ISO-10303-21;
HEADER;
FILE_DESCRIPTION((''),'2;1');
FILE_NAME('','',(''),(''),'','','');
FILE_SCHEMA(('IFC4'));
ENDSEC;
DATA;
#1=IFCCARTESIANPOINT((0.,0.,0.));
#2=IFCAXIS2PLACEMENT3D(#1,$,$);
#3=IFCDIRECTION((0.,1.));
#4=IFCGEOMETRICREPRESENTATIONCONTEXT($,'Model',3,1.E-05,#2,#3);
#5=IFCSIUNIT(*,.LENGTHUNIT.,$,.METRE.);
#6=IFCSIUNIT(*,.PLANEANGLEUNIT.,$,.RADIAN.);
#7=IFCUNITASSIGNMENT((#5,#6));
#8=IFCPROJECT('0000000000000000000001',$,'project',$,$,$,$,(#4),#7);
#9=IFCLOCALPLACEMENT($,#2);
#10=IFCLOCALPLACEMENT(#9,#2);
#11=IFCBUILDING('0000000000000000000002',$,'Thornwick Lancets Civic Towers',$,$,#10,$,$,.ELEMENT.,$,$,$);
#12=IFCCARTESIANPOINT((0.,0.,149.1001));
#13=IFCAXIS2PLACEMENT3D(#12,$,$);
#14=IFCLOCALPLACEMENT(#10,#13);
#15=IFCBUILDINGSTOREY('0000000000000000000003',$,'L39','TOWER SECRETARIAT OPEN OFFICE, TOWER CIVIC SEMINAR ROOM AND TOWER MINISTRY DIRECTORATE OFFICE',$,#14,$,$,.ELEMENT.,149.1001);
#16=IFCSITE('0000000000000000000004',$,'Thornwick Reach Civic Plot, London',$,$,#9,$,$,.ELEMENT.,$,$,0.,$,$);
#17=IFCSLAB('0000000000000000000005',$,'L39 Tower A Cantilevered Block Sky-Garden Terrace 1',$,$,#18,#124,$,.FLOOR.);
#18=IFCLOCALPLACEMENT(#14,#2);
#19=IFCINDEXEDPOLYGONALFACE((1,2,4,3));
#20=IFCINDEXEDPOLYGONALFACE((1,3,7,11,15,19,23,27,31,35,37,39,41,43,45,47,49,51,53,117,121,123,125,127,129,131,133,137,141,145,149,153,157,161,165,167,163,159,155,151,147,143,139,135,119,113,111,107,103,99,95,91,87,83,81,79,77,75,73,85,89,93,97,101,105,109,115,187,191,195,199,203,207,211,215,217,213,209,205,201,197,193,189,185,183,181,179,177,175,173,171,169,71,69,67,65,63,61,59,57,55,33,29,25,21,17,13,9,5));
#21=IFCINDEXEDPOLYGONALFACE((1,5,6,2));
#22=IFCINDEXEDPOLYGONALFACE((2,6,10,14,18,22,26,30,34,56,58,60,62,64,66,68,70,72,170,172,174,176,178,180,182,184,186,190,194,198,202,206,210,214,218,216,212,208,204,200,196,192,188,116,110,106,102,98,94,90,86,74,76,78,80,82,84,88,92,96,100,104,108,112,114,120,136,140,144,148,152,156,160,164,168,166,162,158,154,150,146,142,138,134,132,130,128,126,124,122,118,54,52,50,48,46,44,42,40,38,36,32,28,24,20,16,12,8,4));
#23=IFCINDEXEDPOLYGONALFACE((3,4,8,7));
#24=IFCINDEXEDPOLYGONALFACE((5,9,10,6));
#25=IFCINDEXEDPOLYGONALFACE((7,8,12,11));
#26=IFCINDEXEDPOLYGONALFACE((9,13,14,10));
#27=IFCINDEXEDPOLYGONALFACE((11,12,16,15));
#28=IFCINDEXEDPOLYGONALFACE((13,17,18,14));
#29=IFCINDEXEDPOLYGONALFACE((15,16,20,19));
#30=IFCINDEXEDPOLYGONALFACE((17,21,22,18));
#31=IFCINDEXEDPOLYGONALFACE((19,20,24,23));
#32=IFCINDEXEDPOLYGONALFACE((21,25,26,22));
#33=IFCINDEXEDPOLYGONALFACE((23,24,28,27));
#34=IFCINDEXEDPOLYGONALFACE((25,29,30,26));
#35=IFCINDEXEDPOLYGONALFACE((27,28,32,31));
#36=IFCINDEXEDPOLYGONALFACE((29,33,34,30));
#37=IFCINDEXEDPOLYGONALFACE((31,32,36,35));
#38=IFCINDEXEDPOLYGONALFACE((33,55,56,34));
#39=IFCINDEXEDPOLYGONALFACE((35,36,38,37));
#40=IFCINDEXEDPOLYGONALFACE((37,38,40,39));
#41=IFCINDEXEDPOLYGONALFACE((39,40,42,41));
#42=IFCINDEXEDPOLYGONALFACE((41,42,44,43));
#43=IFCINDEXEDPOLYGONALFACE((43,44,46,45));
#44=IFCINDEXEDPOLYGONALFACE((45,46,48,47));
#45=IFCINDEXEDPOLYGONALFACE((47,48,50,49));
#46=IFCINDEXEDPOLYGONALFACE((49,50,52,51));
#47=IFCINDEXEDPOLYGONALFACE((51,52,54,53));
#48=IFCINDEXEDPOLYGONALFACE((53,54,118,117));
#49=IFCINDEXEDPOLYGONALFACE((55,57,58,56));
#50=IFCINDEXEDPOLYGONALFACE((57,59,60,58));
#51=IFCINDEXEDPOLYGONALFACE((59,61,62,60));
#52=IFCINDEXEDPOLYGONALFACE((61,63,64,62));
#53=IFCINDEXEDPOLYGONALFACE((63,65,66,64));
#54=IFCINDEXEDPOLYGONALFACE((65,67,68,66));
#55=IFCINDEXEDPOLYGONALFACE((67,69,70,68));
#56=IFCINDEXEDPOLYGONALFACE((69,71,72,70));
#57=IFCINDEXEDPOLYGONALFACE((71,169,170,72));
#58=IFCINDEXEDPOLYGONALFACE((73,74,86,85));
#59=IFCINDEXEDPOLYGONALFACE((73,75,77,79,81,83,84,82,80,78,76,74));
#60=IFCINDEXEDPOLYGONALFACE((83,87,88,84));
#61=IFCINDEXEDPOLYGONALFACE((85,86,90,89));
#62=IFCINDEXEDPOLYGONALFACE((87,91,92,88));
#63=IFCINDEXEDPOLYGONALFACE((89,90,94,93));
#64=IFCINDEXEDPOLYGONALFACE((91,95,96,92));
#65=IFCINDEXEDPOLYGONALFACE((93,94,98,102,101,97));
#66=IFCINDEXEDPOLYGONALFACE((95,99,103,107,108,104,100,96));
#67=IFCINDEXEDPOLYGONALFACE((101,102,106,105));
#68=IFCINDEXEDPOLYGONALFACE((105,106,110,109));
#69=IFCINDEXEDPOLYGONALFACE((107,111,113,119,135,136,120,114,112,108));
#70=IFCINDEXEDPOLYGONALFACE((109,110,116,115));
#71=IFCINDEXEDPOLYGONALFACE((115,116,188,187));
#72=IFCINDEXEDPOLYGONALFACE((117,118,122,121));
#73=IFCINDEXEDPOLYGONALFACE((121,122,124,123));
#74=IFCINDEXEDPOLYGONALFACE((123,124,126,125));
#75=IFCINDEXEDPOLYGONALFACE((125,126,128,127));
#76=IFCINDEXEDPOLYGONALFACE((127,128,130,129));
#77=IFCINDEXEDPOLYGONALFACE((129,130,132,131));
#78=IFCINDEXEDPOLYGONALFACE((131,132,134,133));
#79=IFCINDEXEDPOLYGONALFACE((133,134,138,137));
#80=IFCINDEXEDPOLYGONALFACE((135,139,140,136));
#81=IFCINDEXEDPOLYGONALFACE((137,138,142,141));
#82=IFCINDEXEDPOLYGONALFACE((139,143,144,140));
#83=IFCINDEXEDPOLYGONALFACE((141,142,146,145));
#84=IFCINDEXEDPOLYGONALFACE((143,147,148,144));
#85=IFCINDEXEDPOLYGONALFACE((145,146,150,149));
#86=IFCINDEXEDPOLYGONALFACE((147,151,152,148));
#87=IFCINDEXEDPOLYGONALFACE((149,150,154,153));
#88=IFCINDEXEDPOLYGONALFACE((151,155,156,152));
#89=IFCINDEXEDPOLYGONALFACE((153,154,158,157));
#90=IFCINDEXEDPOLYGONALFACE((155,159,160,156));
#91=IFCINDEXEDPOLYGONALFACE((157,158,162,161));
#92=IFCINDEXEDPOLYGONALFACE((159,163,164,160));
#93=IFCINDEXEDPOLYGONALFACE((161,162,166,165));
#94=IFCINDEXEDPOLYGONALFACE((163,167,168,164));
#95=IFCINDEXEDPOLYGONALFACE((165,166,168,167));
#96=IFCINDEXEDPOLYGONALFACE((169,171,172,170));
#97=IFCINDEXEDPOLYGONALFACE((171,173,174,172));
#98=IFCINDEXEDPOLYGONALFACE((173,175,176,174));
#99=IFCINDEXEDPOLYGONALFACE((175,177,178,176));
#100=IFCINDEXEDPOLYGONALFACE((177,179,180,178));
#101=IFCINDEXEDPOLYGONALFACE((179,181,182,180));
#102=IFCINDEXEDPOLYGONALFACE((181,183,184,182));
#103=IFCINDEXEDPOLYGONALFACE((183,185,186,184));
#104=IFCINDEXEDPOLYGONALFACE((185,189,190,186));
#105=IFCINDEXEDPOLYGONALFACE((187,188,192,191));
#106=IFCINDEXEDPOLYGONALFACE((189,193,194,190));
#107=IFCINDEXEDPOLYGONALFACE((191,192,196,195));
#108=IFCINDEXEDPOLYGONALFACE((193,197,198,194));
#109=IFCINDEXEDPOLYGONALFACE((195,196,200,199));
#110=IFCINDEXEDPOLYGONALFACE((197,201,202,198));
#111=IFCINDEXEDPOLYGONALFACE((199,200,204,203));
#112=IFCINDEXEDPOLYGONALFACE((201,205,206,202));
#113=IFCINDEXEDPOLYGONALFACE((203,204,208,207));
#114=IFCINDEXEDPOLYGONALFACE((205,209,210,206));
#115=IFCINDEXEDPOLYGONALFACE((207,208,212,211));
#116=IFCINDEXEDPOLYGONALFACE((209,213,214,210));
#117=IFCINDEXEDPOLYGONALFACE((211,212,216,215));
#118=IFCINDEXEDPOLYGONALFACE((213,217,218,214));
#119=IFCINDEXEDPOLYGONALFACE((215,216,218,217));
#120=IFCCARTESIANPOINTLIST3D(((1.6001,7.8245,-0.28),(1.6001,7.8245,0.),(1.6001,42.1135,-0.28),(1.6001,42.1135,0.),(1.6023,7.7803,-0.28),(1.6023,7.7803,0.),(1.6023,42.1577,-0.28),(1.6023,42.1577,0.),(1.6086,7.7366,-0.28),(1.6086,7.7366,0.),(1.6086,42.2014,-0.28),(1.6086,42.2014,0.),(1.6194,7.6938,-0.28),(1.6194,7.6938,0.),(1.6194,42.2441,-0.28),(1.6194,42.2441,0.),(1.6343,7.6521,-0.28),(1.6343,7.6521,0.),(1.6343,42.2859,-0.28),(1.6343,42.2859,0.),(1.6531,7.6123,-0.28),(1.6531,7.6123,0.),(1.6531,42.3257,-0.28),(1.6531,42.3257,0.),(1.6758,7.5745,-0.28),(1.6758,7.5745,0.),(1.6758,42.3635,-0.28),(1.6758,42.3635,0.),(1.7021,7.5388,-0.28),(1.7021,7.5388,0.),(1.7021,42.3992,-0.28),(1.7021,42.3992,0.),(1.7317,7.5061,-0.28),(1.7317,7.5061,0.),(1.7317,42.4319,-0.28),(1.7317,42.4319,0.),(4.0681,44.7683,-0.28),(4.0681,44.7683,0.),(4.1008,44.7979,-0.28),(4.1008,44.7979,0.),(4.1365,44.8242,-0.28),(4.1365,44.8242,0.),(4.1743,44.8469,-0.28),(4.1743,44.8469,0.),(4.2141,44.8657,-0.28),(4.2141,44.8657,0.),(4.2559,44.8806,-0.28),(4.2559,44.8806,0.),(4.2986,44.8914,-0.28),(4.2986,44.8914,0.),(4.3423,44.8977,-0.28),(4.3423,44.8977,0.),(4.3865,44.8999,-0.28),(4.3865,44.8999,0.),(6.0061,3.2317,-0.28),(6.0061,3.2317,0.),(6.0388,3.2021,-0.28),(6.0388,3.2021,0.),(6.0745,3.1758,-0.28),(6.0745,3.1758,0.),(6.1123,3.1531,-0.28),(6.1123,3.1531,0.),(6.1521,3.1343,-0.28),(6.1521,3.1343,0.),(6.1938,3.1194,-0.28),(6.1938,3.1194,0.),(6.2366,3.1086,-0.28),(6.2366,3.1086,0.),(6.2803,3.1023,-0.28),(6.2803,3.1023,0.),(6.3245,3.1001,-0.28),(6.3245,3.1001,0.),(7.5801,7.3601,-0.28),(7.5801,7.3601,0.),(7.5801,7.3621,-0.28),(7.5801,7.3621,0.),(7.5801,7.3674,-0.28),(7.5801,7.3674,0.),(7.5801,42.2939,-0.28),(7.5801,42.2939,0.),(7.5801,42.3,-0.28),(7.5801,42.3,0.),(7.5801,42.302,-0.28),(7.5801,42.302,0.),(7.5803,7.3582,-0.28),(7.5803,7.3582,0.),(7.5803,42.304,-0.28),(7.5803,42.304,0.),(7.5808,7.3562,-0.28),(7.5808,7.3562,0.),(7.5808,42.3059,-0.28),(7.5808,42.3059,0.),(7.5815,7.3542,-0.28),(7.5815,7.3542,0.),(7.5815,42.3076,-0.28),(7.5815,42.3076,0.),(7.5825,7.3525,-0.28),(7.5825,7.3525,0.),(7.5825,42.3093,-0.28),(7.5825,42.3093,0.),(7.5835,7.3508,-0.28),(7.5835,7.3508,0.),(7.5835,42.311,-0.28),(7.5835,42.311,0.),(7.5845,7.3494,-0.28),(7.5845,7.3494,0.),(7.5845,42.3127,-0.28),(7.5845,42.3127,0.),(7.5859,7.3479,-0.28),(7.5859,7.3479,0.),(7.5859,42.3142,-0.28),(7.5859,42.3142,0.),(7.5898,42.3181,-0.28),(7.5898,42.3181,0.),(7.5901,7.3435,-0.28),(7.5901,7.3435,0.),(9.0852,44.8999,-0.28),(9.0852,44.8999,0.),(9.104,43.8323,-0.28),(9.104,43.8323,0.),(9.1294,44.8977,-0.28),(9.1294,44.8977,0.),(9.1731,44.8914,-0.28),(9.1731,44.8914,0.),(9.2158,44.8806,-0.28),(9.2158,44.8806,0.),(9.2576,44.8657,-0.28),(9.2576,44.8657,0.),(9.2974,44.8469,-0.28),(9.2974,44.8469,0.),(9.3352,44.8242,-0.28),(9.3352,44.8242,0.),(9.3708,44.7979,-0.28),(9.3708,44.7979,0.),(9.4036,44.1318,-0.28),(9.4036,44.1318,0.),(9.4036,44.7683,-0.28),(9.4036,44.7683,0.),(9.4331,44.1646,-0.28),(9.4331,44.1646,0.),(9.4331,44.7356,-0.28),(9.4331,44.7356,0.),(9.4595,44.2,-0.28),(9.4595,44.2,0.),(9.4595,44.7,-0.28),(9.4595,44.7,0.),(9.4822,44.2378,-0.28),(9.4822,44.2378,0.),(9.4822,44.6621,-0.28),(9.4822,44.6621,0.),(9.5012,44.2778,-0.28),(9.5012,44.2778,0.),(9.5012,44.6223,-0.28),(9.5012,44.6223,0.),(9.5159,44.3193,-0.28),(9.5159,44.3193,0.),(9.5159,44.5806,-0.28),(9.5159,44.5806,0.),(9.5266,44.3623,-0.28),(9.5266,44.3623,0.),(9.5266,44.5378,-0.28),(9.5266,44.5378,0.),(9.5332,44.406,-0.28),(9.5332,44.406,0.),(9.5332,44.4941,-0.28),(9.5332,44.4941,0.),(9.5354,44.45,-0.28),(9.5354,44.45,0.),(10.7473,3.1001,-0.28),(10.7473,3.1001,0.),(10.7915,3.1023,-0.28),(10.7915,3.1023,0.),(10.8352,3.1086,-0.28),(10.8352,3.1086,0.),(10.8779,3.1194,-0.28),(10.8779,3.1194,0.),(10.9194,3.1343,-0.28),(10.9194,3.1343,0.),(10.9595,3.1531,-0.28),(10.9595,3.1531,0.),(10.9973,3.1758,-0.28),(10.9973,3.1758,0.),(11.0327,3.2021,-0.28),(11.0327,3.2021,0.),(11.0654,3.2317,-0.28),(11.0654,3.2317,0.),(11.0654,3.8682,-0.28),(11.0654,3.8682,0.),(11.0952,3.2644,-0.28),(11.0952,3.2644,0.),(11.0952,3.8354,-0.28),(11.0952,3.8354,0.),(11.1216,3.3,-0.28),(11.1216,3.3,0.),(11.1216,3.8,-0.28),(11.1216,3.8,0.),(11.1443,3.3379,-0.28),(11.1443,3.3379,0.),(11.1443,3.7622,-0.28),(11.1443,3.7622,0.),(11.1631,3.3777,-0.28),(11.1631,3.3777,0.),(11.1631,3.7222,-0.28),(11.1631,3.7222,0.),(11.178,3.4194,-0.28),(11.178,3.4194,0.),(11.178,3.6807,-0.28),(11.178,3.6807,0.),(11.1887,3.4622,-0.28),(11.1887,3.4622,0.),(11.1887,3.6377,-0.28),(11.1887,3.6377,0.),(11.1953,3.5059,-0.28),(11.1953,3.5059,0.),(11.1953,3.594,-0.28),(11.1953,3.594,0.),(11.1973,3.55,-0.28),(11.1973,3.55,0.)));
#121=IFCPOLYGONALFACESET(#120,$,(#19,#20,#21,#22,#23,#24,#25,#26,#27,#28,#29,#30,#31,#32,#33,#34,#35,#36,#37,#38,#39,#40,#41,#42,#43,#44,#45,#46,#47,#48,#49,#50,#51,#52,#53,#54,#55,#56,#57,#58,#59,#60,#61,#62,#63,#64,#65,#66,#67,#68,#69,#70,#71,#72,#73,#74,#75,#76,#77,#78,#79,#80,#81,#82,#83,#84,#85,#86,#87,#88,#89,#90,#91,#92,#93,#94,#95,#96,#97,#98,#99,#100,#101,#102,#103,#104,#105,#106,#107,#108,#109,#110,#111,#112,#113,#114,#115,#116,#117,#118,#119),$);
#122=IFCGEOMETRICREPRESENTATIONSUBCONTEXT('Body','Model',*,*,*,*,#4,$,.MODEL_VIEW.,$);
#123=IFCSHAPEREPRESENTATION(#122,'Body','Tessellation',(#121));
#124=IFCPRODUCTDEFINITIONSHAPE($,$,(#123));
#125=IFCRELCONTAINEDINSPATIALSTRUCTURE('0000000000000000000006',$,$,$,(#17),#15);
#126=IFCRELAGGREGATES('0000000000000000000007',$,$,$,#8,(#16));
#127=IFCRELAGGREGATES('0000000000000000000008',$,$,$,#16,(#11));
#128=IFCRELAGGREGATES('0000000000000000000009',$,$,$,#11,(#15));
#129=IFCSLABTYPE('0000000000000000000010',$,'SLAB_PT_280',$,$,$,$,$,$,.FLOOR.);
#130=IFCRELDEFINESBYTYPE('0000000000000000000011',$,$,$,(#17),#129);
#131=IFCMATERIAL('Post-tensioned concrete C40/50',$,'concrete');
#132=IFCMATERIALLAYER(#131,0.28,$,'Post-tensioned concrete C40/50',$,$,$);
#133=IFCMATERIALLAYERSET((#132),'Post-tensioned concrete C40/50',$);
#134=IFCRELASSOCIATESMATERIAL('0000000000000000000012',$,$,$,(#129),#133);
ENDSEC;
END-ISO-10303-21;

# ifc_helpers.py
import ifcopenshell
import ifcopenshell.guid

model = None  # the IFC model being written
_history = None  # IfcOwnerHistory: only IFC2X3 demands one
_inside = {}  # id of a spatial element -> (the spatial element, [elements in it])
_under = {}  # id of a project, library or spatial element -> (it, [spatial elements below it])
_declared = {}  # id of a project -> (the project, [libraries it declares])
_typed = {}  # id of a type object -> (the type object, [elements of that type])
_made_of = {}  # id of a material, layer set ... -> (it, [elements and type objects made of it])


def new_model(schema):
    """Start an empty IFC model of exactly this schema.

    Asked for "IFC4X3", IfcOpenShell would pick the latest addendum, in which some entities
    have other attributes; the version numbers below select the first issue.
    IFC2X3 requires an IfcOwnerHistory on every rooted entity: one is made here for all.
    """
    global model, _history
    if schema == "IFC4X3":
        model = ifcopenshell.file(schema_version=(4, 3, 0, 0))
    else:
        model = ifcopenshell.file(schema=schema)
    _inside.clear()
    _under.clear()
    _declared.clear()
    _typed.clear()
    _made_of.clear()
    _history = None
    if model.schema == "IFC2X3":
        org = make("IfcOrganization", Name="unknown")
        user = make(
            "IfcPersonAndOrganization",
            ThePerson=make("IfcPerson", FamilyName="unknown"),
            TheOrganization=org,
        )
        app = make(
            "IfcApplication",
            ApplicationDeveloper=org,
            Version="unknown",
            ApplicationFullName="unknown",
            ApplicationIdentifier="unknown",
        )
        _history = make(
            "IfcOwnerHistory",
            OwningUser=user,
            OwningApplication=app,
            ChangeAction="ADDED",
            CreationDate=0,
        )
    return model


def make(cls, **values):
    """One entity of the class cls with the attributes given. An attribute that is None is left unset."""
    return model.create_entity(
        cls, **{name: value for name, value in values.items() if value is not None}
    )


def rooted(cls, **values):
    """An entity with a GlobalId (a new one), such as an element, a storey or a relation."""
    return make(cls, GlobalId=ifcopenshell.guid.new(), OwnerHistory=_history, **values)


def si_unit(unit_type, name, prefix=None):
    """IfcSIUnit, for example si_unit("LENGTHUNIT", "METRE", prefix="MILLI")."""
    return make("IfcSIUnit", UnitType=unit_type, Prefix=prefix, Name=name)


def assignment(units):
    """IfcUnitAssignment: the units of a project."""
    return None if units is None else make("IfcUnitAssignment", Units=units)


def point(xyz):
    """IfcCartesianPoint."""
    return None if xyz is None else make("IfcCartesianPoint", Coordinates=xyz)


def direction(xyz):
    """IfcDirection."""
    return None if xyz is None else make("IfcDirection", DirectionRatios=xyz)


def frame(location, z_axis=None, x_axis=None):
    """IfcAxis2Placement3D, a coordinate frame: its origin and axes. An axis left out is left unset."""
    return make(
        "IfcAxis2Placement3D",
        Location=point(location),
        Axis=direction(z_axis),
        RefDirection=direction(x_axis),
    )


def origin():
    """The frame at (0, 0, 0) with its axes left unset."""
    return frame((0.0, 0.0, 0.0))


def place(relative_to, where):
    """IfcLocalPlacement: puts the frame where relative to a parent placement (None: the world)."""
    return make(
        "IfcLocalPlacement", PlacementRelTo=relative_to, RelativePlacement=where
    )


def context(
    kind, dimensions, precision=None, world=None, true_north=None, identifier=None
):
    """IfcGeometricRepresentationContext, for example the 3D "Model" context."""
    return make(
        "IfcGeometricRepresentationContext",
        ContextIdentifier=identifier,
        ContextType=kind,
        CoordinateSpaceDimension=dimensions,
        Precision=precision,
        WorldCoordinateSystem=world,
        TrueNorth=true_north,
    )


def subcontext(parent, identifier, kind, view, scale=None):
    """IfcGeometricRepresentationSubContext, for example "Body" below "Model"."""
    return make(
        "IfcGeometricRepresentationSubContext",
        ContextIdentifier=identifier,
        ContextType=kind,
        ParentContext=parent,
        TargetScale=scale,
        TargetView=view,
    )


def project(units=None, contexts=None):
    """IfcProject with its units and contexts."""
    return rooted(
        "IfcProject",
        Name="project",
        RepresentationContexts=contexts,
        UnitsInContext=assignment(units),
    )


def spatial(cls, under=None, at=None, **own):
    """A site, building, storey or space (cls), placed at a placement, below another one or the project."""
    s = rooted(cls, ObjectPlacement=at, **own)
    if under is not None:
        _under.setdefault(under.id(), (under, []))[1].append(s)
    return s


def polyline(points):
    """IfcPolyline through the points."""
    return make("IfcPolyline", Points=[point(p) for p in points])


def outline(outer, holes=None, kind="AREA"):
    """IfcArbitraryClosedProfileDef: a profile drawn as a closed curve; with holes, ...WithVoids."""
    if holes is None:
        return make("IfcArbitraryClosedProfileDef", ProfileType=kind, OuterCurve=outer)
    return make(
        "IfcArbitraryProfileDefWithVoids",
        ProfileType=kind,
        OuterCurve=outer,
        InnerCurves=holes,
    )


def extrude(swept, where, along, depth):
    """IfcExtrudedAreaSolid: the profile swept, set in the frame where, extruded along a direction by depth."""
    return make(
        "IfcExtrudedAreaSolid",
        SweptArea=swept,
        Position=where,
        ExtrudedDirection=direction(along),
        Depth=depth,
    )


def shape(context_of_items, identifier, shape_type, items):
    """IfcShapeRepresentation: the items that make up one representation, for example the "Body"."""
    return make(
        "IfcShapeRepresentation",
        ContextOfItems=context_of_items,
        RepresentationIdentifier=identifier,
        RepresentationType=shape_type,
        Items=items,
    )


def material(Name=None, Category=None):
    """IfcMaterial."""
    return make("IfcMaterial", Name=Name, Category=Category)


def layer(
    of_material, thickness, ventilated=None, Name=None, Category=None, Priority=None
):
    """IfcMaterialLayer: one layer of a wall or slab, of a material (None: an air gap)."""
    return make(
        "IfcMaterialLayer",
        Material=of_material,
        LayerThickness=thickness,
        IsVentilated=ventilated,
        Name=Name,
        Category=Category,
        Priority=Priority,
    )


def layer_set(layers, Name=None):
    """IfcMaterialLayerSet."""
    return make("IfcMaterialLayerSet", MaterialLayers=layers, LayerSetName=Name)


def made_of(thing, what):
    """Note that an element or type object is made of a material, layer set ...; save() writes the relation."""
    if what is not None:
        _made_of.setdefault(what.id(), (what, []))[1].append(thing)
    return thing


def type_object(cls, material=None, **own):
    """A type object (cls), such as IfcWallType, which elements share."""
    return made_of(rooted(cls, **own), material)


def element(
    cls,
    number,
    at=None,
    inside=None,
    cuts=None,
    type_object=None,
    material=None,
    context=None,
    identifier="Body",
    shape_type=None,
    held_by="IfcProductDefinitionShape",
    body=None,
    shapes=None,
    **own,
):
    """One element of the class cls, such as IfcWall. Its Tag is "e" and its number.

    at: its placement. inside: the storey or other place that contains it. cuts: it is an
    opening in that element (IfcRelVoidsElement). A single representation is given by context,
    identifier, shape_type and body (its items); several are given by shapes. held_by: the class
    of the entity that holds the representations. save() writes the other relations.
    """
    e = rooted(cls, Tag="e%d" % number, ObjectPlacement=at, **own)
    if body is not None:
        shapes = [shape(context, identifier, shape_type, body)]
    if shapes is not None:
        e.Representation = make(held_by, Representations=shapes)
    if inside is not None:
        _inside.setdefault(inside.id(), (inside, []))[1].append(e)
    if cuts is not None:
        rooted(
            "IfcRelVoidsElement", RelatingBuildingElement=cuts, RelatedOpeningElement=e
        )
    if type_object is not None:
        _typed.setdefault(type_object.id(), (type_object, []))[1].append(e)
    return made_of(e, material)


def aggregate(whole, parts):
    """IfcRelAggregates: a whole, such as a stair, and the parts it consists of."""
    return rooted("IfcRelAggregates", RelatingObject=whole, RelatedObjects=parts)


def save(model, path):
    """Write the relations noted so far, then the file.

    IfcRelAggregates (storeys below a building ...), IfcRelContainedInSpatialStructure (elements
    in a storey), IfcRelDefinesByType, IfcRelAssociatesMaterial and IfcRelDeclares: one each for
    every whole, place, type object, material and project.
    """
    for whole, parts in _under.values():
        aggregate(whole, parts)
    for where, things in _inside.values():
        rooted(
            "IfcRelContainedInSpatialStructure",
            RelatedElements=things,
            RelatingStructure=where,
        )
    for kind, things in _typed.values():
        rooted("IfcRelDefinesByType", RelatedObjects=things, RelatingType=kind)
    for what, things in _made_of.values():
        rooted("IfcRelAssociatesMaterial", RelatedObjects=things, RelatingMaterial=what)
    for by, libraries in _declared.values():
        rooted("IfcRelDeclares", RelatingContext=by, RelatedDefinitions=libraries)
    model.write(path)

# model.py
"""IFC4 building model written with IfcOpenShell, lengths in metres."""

from ifc_helpers import new_model, si_unit, direction, frame, origin, place, context, subcontext, project, spatial, polyline, outline, extrude, material, layer, layer_set, type_object, element, save


model = new_model("IFC4")

# Units and contexts
model_context = context("Model", 3, precision=1e-05, world=origin(), true_north=direction((0.0, 1.0)))
body_context = subcontext(model_context, "Body", "Model", "MODEL_VIEW")
ifc_project = project(units=[si_unit("LENGTHUNIT", "METRE"), si_unit("PLANEANGLEUNIT", "RADIAN")], contexts=[model_context])

# Site, building, storey
site_placement = place(None, origin())
site = spatial("IfcSite", under=ifc_project, at=site_placement, Name="Thornwick Reach Civic Plot, London", CompositionType="ELEMENT", RefElevation=0.0)
building_placement = place(site_placement, origin())
building = spatial("IfcBuilding", under=site, at=building_placement, Name="Thornwick Lancets Civic Towers", CompositionType="ELEMENT")
storey_placement = place(building_placement, frame((0.0, 0.0, 149.1001)))
storey = spatial("IfcBuildingStorey", under=building, at=storey_placement, Name="L39", Description="TOWER SECRETARIAT OPEN OFFICE, TOWER CIVIC SEMINAR ROOM AND TOWER MINISTRY DIRECTORATE OFFICE", CompositionType="ELEMENT", Elevation=149.1001)

# Slab
ifc_material_1 = material(Name="Post-tensioned concrete C40/50", Category="concrete")
ifc_layer_1 = layer(ifc_material_1, 0.28, Name="Post-tensioned concrete C40/50")
ifc_layer_set_1 = layer_set([ifc_layer_1], Name="Post-tensioned concrete C40/50")
slab_type_1 = type_object("IfcSlabType", Name="SLAB_PT_280", PredefinedType="FLOOR", material=ifc_layer_set_1)
slab_1_placement = place(storey_placement, frame((0.0, 0.0, -0.28)))
element("IfcSlab", 1, at=slab_1_placement, inside=storey, type_object=slab_type_1, Name="L39 Tower A Cantilevered Block Sky-Garden Terrace 1", PredefinedType="FLOOR", context=body_context, shape_type="SweptSolid", body=[
    extrude(outline(polyline([(6.2803, 3.1023), (6.2366, 3.1086), (6.1938, 3.1194), (6.1521, 3.1343), (6.1123, 3.1531), (6.0745, 3.1758), (6.0388, 3.2021), (6.0061, 3.2317), (1.7317, 7.5061), (1.7021, 7.5388), (1.6758, 7.5745), (1.6531, 7.6123), (1.6343, 7.6521), (1.6194, 7.6938), (1.6086, 7.7366), (1.6023, 7.7803), (1.6001, 7.8245), (1.6001, 42.1135), (1.6023, 42.1577), (1.6086, 42.2014), (1.6194, 42.2441), (1.6343, 42.2859), (1.6531, 42.3257), (1.6758, 42.3635), (1.7021, 42.3992), (1.7317, 42.4319), (4.0681, 44.7683), (4.1008, 44.7979), (4.1365, 44.8242), (4.1743, 44.8469), (4.2141, 44.8657), (4.2559, 44.8806), (4.2986, 44.8914), (4.3423, 44.8977), (4.3865, 44.8999), (9.0852, 44.8999), (9.1294, 44.8977), (9.1731, 44.8914), (9.2158, 44.8806), (9.2576, 44.8657), (9.2974, 44.8469), (9.3352, 44.8242), (9.3708, 44.7979), (9.4036, 44.7683), (9.4331, 44.7356), (9.4595, 44.7), (9.4822, 44.6621), (9.5012, 44.6223), (9.5159, 44.5806), (9.5266, 44.5378), (9.5332, 44.4941), (9.5354, 44.45), (9.5332, 44.406), (9.5266, 44.3623), (9.5159, 44.3193), (9.5012, 44.2778), (9.4822, 44.2378), (9.4595, 44.2), (9.4331, 44.1646), (9.4036, 44.1318), (9.104, 43.8323), (7.5898, 42.3181), (7.5859, 42.3142), (7.5845, 42.3127), (7.5835, 42.311), (7.5825, 42.3093), (7.5815, 42.3076), (7.5808, 42.3059), (7.5803, 42.304), (7.5801, 42.302), (7.5801, 42.3), (7.5801, 42.2939), (7.5801, 7.3674), (7.5801, 7.3621), (7.5801, 7.3601), (7.5803, 7.3582), (7.5808, 7.3562), (7.5815, 7.3542), (7.5825, 7.3525), (7.5835, 7.3508), (7.5845, 7.3494), (7.5859, 7.3479), (7.5901, 7.3435), (11.0654, 3.8682), (11.0952, 3.8354), (11.1216, 3.8), (11.1443, 3.7622), (11.1631, 3.7222), (11.178, 3.6807), (11.1887, 3.6377), (11.1953, 3.594), (11.1973, 3.55), (11.1953, 3.5059), (11.1887, 3.4622), (11.178, 3.4194), (11.1631, 3.3777), (11.1443, 3.3379), (11.1216, 3.3), (11.0952, 3.2644), (11.0654, 3.2317), (11.0327, 3.2021), (10.9973, 3.1758), (10.9595, 3.1531), (10.9194, 3.1343), (10.8779, 3.1194), (10.8352, 3.1086), (10.7915, 3.1023), (10.7473, 3.1001), (6.3245, 3.1001), (6.2803, 3.1023)])), origin(), (0.0, 0.0, 1.0), 0.28),
])

save(model, "model.ifc")
